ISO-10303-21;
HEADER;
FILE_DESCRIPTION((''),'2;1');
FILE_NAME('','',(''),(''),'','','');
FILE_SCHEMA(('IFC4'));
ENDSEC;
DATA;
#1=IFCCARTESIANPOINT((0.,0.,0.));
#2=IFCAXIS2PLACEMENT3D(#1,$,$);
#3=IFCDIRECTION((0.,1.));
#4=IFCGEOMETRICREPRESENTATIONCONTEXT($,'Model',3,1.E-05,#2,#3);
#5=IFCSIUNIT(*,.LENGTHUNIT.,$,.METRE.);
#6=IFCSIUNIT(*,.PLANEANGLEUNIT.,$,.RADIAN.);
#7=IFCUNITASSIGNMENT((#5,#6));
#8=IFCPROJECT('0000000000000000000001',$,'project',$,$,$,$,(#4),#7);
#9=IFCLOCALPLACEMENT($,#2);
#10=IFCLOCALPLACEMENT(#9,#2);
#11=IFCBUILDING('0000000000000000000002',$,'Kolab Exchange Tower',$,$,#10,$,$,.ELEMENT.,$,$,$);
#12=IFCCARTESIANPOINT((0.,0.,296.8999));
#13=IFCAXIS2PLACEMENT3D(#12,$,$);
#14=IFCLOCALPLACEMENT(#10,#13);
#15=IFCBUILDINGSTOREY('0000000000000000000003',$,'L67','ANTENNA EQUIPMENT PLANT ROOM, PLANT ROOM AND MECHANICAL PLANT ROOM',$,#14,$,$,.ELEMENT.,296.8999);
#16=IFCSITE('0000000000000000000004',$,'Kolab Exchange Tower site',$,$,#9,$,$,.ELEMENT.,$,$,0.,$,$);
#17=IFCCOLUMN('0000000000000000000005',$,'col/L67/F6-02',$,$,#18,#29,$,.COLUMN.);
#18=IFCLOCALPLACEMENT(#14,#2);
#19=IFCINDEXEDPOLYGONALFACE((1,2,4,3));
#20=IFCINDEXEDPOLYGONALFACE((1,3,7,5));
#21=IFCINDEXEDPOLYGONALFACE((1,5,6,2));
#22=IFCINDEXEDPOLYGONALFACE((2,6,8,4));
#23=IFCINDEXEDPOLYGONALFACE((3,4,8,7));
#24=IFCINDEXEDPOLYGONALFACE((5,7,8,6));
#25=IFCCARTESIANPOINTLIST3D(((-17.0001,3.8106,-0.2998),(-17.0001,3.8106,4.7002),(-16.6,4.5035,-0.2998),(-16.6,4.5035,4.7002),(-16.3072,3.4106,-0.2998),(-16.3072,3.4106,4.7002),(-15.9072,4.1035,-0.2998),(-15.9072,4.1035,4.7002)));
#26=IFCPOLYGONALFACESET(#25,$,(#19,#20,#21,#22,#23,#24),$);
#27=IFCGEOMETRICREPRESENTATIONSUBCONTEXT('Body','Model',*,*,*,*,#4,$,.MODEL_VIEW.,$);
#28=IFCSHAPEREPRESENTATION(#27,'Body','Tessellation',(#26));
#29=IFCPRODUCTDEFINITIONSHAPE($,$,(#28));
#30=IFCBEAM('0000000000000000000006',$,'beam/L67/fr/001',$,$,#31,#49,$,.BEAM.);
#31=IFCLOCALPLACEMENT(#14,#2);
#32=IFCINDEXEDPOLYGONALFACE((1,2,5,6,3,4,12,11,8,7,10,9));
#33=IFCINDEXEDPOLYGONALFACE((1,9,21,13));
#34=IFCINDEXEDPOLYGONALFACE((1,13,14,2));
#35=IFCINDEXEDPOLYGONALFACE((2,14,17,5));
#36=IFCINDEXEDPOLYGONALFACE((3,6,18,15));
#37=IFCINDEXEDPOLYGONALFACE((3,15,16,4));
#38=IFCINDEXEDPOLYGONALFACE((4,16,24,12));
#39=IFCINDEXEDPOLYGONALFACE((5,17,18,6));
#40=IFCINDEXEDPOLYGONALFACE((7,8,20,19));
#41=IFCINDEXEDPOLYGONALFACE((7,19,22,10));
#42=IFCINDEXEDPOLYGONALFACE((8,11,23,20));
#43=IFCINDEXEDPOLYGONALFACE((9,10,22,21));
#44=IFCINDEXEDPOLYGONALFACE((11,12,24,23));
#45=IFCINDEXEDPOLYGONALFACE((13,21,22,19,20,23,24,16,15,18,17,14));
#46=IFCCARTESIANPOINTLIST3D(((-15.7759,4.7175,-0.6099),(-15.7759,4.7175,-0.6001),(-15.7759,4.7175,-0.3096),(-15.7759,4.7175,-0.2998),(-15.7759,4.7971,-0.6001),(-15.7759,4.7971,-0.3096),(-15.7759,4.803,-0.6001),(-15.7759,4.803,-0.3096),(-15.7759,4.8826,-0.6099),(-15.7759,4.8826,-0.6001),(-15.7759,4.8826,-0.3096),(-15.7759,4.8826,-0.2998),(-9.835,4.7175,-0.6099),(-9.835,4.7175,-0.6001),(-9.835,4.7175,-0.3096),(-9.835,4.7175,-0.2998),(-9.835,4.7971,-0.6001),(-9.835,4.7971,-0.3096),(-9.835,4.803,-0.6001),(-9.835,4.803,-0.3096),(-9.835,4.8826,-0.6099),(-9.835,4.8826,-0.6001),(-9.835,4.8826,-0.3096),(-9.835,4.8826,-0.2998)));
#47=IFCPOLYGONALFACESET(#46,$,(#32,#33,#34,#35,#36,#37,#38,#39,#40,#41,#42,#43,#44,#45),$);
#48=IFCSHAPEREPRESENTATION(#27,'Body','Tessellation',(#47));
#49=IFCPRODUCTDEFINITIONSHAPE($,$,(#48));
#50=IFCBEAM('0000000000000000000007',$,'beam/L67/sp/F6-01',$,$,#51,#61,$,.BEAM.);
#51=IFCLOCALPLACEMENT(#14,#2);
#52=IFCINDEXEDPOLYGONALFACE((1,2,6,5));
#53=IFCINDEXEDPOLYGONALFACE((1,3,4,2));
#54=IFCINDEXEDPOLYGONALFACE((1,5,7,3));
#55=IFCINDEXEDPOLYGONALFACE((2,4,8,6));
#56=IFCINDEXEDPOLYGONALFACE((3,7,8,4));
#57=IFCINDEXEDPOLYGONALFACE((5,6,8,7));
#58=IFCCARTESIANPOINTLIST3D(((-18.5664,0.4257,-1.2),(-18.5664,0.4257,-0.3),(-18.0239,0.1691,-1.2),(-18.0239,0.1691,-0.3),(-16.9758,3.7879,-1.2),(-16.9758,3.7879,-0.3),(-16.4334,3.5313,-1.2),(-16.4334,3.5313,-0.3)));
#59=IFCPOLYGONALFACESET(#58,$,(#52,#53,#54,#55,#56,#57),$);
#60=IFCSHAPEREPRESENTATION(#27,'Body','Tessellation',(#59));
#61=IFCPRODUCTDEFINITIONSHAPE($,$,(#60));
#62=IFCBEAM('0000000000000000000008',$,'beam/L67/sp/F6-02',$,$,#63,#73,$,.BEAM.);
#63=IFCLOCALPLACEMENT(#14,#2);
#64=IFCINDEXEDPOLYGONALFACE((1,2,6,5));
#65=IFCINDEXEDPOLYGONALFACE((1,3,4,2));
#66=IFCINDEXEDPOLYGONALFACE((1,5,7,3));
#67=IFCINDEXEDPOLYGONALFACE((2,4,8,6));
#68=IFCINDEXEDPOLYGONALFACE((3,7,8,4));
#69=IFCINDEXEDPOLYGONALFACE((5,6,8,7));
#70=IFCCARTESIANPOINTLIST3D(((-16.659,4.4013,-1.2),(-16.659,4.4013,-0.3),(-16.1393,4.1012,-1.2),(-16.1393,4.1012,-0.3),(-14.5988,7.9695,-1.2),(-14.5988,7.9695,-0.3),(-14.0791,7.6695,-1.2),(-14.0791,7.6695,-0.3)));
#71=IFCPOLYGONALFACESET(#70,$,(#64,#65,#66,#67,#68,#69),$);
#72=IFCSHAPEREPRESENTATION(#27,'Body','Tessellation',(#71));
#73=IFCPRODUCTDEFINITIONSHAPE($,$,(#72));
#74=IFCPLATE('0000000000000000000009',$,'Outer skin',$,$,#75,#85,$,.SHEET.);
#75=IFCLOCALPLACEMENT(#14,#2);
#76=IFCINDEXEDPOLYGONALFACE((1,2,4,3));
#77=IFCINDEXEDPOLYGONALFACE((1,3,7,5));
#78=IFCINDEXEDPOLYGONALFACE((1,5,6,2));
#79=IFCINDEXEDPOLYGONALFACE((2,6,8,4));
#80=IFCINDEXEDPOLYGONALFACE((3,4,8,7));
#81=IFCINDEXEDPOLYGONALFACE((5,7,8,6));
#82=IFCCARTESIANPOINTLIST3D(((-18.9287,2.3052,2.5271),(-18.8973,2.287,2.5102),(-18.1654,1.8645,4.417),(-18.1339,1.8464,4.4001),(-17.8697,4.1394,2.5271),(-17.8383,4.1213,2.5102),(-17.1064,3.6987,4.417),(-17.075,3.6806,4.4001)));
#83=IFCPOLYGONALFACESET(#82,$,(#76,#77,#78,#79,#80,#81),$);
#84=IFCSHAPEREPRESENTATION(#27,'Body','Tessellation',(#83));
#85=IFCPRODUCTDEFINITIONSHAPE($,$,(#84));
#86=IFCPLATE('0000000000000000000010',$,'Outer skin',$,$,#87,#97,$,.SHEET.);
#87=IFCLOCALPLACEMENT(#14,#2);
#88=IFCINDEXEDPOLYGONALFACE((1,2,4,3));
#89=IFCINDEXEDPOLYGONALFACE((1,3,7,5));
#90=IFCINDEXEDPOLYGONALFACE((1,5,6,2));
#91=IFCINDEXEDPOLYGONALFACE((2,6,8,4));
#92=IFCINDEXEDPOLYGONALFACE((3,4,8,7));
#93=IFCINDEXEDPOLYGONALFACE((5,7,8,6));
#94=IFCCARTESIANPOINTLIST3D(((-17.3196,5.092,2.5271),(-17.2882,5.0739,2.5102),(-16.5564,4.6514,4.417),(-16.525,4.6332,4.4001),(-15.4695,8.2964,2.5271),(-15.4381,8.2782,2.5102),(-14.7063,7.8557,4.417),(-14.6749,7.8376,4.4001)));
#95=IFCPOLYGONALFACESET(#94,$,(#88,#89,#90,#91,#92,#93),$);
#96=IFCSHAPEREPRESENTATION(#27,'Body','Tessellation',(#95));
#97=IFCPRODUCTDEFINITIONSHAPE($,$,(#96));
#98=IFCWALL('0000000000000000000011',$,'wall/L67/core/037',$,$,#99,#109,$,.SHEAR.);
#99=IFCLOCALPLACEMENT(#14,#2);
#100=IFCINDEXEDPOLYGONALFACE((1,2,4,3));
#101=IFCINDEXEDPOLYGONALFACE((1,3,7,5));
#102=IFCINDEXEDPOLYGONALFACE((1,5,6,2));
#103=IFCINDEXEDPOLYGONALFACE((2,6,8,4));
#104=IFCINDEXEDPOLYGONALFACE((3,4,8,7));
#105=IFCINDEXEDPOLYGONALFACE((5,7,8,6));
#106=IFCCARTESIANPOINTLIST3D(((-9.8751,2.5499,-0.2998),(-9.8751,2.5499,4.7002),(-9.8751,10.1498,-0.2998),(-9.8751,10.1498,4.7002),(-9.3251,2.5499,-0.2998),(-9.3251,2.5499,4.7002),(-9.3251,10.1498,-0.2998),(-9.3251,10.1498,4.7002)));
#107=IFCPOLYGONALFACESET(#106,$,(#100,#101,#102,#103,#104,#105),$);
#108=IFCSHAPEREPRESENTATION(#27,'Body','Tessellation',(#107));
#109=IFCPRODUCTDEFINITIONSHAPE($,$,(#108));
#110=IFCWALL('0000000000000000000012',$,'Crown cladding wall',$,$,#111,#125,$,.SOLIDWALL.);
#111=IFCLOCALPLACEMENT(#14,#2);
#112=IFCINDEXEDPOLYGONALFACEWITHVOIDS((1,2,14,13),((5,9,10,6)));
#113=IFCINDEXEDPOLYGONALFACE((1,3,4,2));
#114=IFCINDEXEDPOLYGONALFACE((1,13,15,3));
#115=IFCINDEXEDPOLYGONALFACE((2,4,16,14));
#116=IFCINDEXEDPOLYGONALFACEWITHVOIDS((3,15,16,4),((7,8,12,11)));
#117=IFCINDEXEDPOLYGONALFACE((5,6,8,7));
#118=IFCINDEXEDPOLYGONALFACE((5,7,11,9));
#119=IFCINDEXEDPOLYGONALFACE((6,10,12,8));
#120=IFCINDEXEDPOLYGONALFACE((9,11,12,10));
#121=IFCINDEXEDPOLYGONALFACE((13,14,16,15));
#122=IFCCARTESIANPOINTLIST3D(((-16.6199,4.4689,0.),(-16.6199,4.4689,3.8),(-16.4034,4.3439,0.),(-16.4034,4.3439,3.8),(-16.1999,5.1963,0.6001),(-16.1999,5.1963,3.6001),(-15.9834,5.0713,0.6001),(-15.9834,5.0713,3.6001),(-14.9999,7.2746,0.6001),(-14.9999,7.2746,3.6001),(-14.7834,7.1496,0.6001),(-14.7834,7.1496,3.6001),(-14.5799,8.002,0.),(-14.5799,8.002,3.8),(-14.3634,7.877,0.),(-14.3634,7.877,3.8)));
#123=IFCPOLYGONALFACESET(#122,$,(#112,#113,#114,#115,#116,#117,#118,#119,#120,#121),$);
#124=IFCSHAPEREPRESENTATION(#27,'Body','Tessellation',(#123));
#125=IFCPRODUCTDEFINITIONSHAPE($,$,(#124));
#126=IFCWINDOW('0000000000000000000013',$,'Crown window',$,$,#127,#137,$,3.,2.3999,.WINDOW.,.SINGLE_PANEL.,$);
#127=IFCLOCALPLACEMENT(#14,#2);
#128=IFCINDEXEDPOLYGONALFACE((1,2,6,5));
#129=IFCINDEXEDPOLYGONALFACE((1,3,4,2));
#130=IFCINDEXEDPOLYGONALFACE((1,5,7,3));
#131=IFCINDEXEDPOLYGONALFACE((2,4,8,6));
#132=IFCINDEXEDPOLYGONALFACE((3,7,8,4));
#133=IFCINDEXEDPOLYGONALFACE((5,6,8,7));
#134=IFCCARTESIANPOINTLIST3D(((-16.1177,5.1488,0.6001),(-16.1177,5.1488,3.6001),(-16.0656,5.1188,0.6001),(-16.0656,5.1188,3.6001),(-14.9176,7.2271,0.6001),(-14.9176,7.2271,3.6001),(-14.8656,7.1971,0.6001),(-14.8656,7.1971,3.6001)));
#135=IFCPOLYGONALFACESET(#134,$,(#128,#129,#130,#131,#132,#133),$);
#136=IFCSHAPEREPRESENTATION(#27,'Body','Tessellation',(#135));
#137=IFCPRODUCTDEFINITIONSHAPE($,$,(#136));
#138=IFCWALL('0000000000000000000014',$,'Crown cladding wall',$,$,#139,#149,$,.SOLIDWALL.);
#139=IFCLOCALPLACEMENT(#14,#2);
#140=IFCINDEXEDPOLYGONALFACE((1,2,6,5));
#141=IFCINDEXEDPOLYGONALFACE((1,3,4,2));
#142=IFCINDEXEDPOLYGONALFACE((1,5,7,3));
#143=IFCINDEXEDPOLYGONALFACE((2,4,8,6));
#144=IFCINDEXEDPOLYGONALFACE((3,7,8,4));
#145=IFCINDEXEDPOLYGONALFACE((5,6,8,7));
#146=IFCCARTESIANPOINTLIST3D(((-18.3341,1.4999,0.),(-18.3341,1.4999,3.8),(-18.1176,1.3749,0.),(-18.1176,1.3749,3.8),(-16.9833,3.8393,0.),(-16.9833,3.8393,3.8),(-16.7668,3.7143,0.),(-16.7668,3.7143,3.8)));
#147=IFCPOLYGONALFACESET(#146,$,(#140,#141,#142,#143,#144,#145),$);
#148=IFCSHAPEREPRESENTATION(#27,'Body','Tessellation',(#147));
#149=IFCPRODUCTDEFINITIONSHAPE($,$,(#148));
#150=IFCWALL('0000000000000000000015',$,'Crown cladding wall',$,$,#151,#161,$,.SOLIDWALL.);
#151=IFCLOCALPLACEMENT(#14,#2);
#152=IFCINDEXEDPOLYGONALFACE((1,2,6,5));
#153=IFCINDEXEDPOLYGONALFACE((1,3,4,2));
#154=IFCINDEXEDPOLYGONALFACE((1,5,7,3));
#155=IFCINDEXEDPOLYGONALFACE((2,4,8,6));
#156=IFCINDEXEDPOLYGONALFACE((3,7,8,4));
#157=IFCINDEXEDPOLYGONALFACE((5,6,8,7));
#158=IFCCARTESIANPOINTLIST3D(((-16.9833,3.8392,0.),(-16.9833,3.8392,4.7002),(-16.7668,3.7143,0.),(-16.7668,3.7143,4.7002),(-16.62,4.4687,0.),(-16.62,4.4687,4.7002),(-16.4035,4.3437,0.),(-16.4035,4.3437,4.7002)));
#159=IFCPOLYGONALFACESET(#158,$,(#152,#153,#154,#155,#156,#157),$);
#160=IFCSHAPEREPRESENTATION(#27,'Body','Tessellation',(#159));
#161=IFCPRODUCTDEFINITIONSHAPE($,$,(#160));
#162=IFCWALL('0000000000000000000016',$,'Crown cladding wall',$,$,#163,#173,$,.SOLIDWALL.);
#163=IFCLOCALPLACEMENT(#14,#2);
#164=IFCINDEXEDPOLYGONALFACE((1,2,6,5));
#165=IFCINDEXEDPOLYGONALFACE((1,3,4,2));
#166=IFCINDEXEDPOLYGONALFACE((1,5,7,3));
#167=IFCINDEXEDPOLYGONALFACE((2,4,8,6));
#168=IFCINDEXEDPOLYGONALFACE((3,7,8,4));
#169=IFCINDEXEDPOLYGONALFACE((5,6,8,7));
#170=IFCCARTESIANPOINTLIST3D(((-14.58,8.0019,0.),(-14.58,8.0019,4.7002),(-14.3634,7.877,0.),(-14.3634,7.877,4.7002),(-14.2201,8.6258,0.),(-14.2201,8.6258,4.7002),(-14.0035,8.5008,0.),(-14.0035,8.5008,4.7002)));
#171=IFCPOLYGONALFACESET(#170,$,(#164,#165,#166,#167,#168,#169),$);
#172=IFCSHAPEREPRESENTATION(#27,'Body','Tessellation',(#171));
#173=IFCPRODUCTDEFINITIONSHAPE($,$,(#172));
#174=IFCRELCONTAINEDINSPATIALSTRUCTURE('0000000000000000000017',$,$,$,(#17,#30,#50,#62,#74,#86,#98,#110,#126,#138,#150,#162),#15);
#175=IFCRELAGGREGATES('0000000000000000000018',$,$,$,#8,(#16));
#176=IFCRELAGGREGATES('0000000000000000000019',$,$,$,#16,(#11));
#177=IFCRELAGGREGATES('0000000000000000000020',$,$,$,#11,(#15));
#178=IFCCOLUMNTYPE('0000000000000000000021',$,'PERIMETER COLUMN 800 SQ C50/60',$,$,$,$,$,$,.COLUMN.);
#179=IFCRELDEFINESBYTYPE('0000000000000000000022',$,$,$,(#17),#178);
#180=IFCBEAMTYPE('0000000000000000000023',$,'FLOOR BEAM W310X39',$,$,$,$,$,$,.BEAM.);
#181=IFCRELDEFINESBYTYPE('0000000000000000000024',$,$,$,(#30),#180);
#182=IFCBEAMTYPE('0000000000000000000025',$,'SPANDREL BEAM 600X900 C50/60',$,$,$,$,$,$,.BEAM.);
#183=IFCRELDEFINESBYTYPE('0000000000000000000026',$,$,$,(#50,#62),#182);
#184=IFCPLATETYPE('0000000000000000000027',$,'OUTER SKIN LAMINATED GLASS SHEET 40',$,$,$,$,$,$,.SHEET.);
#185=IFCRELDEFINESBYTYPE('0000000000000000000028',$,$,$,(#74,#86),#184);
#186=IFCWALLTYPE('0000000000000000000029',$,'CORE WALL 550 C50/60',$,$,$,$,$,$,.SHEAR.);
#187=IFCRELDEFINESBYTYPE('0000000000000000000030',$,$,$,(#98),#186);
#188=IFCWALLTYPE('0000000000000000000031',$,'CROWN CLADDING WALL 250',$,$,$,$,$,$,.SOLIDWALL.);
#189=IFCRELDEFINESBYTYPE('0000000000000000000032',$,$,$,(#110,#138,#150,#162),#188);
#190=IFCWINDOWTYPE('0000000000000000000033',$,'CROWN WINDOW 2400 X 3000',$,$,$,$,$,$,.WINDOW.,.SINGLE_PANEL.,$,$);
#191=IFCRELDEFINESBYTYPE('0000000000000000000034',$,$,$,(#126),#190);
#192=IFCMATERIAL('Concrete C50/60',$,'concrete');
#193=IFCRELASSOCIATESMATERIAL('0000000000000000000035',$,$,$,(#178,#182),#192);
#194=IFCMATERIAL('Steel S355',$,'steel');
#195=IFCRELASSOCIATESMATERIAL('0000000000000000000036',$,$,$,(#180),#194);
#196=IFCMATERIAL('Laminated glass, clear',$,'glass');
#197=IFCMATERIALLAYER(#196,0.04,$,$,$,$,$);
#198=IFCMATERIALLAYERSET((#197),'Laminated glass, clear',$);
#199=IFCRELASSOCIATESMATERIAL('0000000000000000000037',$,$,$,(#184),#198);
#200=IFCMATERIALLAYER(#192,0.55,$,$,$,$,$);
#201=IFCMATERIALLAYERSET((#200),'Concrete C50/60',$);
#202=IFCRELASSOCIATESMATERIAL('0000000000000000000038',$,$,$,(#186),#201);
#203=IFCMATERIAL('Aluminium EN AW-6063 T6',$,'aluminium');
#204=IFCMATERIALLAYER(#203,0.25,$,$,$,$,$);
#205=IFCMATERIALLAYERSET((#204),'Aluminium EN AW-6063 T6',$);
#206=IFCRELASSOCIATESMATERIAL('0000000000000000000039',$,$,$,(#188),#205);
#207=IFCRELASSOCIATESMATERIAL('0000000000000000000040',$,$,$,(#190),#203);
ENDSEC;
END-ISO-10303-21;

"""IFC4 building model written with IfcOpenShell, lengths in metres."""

from ifc_helpers import new_model, si_unit, direction, frame, frame_2d, origin, origin_2d, place, context, subcontext, project, spatial, polyline, rectangle, i_section, outline, extrude, material, layer, layer_set, material_profile, profile_set, type_object, element, fill, save


model = new_model("IFC4")

# Units and contexts
model_context = context("Model", 3, precision=1e-05, world=origin(), true_north=direction((0.0, 1.0)))
body_context = subcontext(model_context, "Body", "Model", "MODEL_VIEW")
ifc_project = project(units=[si_unit("LENGTHUNIT", "METRE"), si_unit("PLANEANGLEUNIT", "RADIAN")], contexts=[model_context])

# Site, building, storey
site_placement = place(None, origin())
site = spatial("IfcSite", under=ifc_project, at=site_placement, Name="Kolab Exchange Tower site", CompositionType="ELEMENT", RefElevation=0.0)
building_placement = place(site_placement, origin())
building = spatial("IfcBuilding", under=site, at=building_placement, Name="Kolab Exchange Tower", CompositionType="ELEMENT")
storey_placement = place(building_placement, frame((0.0, 0.0, 296.8999)))
storey = spatial("IfcBuildingStorey", under=building, at=storey_placement, Name="L67", Description="ANTENNA EQUIPMENT PLANT ROOM, PLANT ROOM AND MECHANICAL PLANT ROOM", CompositionType="ELEMENT", Elevation=296.8999)

# Column
ifc_material_1 = material(Name="Concrete C50/60", Category="concrete")
ifc_material_profile_1 = material_profile(ifc_material_1, rectangle(XDim=0.8, YDim=0.8, at=origin_2d()), Name="RC800")
ifc_profile_set_1 = profile_set([ifc_material_profile_1], Name="Concrete C50/60")
column_type = type_object("IfcColumnType", Name="PERIMETER COLUMN 800 SQ C50/60", PredefinedType="COLUMN", material=ifc_profile_set_1)
column_placement = place(storey_placement, frame((-16.4536, 3.957, -0.2998), z_axis=(0.0, 0.0, 1.0), x_axis=(0.5, 0.866025, 0.0)))
element("IfcColumn", 1, at=column_placement, inside=storey, type_object=column_type, Name="col/L67/F6-02", PredefinedType="COLUMN", context=body_context, shape_type="SweptSolid", body=[
    extrude(rectangle(XDim=0.8, YDim=0.8, at=origin_2d()), origin(), (0.0, 0.0, 1.0), 5.0),
])

# Beams
ifc_material_2 = material(Name="Steel S355", Category="steel")
ifc_material_profile_2 = material_profile(ifc_material_2, i_section(OverallWidth=0.165, OverallDepth=0.3101, WebThickness=0.0059, FlangeThickness=0.0098, at=origin_2d()), Name="W310X39")
ifc_profile_set_2 = profile_set([ifc_material_profile_2], Name="Steel S355")
beam_type_1 = type_object("IfcBeamType", Name="FLOOR BEAM W310X39", PredefinedType="BEAM", material=ifc_profile_set_2)
beam_1_placement = place(storey_placement, frame((-15.7759, 4.8, -0.4548), z_axis=(1.0, 0.0, 0.0), x_axis=(0.0, 1.0, 0.0)))
element("IfcBeam", 2, at=beam_1_placement, inside=storey, type_object=beam_type_1, Name="beam/L67/fr/001", PredefinedType="BEAM", context=body_context, shape_type="SweptSolid", body=[
    extrude(i_section(OverallWidth=0.165, OverallDepth=0.3101, WebThickness=0.0059, FlangeThickness=0.0098, at=origin_2d()), origin(), (0.0, 0.0, 1.0), 5.9409),
])
ifc_material_profile_3 = material_profile(ifc_material_1, rectangle(XDim=0.6001, YDim=0.8999, at=origin_2d()), Name="RC600X900")
ifc_profile_set_3 = profile_set([ifc_material_profile_3], Name="Concrete C50/60")
beam_type_2 = type_object("IfcBeamType", Name="SPANDREL BEAM 600X900 C50/60", PredefinedType="BEAM", material=ifc_profile_set_3)
beam_2_placement = place(storey_placement, frame((-18.2952, 0.2974, -0.75), z_axis=(0.427626, 0.903956, 0.0), x_axis=(-0.903956, 0.427626, 0.0)))
element("IfcBeam", 3, at=beam_2_placement, inside=storey, type_object=beam_type_2, Name="beam/L67/sp/F6-01", PredefinedType="BEAM", context=body_context, shape_type="SweptSolid", body=[
    extrude(rectangle(XDim=0.6001, YDim=0.8999, at=origin_2d()), origin(), (0.0, 0.0, 1.0), 3.7195),
])
beam_3_placement = place(storey_placement, frame((-16.3992, 4.2512, -0.75), z_axis=(0.50002, 0.866014, 0.0), x_axis=(-0.866014, 0.50002, 0.0)))
element("IfcBeam", 4, at=beam_3_placement, inside=storey, type_object=beam_type_2, Name="beam/L67/sp/F6-02", PredefinedType="BEAM", context=body_context, shape_type="SweptSolid", body=[
    extrude(rectangle(XDim=0.6001, YDim=0.8999, at=origin_2d()), origin(), (0.0, 0.0, 1.0), 4.1204),
])

# Plates
ifc_material_3 = material(Name="Laminated glass, clear", Category="glass")
ifc_layer_1 = layer(ifc_material_3, 0.04)
ifc_layer_set_1 = layer_set([ifc_layer_1], Name="Laminated glass, clear")
plate_type = type_object("IfcPlateType", Name="OUTER SKIN LAMINATED GLASS SHEET 40", PredefinedType="SHEET", material=ifc_layer_set_1)
plate_1_placement = place(storey_placement, frame((-18.9287, 2.3052, 2.5271), z_axis=(-0.784874, 0.453134, 0.422661), x_axis=(0.499996, 0.866028, 0.000019)))
element("IfcPlate", 5, at=plate_1_placement, inside=storey, type_object=plate_type, Name="Outer skin", PredefinedType="SHEET", context=body_context, shape_type="SweptSolid", body=[
    extrude(outline(polyline([(0.0, 0.0), (2.118, 0.0), (2.118, -2.0853), (0.0001, -2.0854), (0.0, 0.0)])), origin(), (0.0, 0.0, -1.0), 0.04),
])
plate_2_placement = place(storey_placement, frame((-17.3196, 5.092, 2.5271), z_axis=(-0.784878, 0.453166, 0.422619), x_axis=(0.500014, 0.866017, 0.0)))
element("IfcPlate", 6, at=plate_2_placement, inside=storey, type_object=plate_type, Name="Outer skin", PredefinedType="SHEET", context=body_context, shape_type="SweptSolid", body=[
    extrude(outline(polyline([(0.0, 0.0), (3.7001, 0.0), (3.7001, -2.0853), (0.0, -2.0853), (0.0, 0.0)])), origin(), (0.0, 0.0, -1.0), 0.04),
])

# Wall
ifc_layer_2 = layer(ifc_material_1, 0.55)
ifc_layer_set_2 = layer_set([ifc_layer_2], Name="Concrete C50/60")
wall_type_1 = type_object("IfcWallType", Name="CORE WALL 550 C50/60", PredefinedType="SHEAR", material=ifc_layer_set_2)
wall_1_placement = place(storey_placement, frame((-9.6001, 2.55, -0.2998), z_axis=(0.0, 0.0, 1.0), x_axis=(0.0, 1.0, 0.0)))
element("IfcWall", 7, at=wall_1_placement, inside=storey, type_object=wall_type_1, Name="wall/L67/core/037", PredefinedType="SHEAR", context=body_context, shape_type="SweptSolid", body=[
    extrude(rectangle(XDim=7.5999, YDim=0.55, at=frame_2d((3.7998, 0.0))), origin(), (0.0, 0.0, 1.0), 5.0),
])

# Wall, opening, window
ifc_material_4 = material(Name="Aluminium EN AW-6063 T6", Category="aluminium")
ifc_layer_3 = layer(ifc_material_4, 0.25)
ifc_layer_set_3 = layer_set([ifc_layer_3], Name="Aluminium EN AW-6063 T6")
wall_type_2 = type_object("IfcWallType", Name="CROWN CLADDING WALL 250", PredefinedType="SOLIDWALL", material=ifc_layer_set_3)
wall_2_placement = place(storey_placement, frame((-16.5117, 4.4062, 0.0), z_axis=(0.0, 0.0, 1.0), x_axis=(0.500026, 0.86601, 0.0)))
wall_2 = element("IfcWall", 8, at=wall_2_placement, inside=storey, type_object=wall_type_2, Name="Crown cladding wall", PredefinedType="SOLIDWALL", context=body_context, shape_type="SweptSolid", body=[
    extrude(rectangle(XDim=4.0798, YDim=0.25, at=frame_2d((2.04, 0.0))), origin(), (0.0, 0.0, 1.0), 3.8),
])
opening_placement = place(wall_2_placement, frame((0.8401, 0.0, 0.6001)))
opening = element("IfcOpeningElement", 9, at=opening_placement, cuts=wall_2, PredefinedType="OPENING", context=body_context, shape_type="SweptSolid", body=[
    extrude(rectangle(XDim=2.3999, YDim=3.0, at=frame_2d((1.2, 1.5))), frame((0.0, 0.135, 0.0), z_axis=(0.0, -1.0, 0.0), x_axis=(1.0, 0.0, 0.0)), (0.0, 0.0, 1.0), 0.27),
])
window_type = type_object("IfcWindowType", Name="CROWN WINDOW 2400 X 3000", PartitioningType="SINGLE_PANEL", PredefinedType="WINDOW", material=ifc_material_4)
window_placement = place(opening_placement, origin())
window = element("IfcWindow", 10, at=window_placement, inside=storey, type_object=window_type, Name="Crown window", OverallHeight=3.0, OverallWidth=2.3999, PartitioningType="SINGLE_PANEL", PredefinedType="WINDOW", context=body_context, shape_type="SweptSolid", body=[
    extrude(rectangle(XDim=2.3999, YDim=3.0, at=frame_2d((1.2, 1.5))), frame((0.0, 0.03, 0.0), z_axis=(0.0, -1.0, 0.0), x_axis=(1.0, 0.0, 0.0)), (0.0, 0.0, 1.0), 0.0601),
])
fill(opening, window)

# Walls
wall_3_placement = place(storey_placement, frame((-18.2258, 1.4375, 0.0), z_axis=(0.0, 0.0, 1.0), x_axis=(0.500056, 0.865993, 0.0)))
element("IfcWall", 11, at=wall_3_placement, inside=storey, type_object=wall_type_2, Name="Crown cladding wall", PredefinedType="SOLIDWALL", context=body_context, shape_type="SweptSolid", body=[
    extrude(rectangle(XDim=2.7014, YDim=0.25, at=frame_2d((1.3506, 0.0))), origin(), (0.0, 0.0, 1.0), 3.8),
])
wall_4_placement = place(storey_placement, frame((-16.875, 3.7769, 0.0), z_axis=(0.0, 0.0, 1.0), x_axis=(0.499897, 0.866085, 0.0)))
element("IfcWall", 12, at=wall_4_placement, inside=storey, type_object=wall_type_2, Name="Crown cladding wall", PredefinedType="SOLIDWALL", context=body_context, shape_type="SweptSolid", body=[
    extrude(rectangle(XDim=0.7268, YDim=0.25, at=frame_2d((0.3633, 0.0))), origin(), (0.0, 0.0, 1.0), 4.7002),
])
wall_5_placement = place(storey_placement, frame((-14.4717, 7.9395, 0.0), z_axis=(0.0, 0.0, 1.0), x_axis=(0.499713, 0.866191, 0.0)))
element("IfcWall", 13, at=wall_5_placement, inside=storey, type_object=wall_type_2, Name="Crown cladding wall", PredefinedType="SOLIDWALL", context=body_context, shape_type="SweptSolid", body=[
    extrude(rectangle(XDim=0.7202, YDim=0.25, at=frame_2d((0.3601, 0.0))), origin(), (0.0, 0.0, 1.0), 4.7002),
])

save(model, "model.ifc")
